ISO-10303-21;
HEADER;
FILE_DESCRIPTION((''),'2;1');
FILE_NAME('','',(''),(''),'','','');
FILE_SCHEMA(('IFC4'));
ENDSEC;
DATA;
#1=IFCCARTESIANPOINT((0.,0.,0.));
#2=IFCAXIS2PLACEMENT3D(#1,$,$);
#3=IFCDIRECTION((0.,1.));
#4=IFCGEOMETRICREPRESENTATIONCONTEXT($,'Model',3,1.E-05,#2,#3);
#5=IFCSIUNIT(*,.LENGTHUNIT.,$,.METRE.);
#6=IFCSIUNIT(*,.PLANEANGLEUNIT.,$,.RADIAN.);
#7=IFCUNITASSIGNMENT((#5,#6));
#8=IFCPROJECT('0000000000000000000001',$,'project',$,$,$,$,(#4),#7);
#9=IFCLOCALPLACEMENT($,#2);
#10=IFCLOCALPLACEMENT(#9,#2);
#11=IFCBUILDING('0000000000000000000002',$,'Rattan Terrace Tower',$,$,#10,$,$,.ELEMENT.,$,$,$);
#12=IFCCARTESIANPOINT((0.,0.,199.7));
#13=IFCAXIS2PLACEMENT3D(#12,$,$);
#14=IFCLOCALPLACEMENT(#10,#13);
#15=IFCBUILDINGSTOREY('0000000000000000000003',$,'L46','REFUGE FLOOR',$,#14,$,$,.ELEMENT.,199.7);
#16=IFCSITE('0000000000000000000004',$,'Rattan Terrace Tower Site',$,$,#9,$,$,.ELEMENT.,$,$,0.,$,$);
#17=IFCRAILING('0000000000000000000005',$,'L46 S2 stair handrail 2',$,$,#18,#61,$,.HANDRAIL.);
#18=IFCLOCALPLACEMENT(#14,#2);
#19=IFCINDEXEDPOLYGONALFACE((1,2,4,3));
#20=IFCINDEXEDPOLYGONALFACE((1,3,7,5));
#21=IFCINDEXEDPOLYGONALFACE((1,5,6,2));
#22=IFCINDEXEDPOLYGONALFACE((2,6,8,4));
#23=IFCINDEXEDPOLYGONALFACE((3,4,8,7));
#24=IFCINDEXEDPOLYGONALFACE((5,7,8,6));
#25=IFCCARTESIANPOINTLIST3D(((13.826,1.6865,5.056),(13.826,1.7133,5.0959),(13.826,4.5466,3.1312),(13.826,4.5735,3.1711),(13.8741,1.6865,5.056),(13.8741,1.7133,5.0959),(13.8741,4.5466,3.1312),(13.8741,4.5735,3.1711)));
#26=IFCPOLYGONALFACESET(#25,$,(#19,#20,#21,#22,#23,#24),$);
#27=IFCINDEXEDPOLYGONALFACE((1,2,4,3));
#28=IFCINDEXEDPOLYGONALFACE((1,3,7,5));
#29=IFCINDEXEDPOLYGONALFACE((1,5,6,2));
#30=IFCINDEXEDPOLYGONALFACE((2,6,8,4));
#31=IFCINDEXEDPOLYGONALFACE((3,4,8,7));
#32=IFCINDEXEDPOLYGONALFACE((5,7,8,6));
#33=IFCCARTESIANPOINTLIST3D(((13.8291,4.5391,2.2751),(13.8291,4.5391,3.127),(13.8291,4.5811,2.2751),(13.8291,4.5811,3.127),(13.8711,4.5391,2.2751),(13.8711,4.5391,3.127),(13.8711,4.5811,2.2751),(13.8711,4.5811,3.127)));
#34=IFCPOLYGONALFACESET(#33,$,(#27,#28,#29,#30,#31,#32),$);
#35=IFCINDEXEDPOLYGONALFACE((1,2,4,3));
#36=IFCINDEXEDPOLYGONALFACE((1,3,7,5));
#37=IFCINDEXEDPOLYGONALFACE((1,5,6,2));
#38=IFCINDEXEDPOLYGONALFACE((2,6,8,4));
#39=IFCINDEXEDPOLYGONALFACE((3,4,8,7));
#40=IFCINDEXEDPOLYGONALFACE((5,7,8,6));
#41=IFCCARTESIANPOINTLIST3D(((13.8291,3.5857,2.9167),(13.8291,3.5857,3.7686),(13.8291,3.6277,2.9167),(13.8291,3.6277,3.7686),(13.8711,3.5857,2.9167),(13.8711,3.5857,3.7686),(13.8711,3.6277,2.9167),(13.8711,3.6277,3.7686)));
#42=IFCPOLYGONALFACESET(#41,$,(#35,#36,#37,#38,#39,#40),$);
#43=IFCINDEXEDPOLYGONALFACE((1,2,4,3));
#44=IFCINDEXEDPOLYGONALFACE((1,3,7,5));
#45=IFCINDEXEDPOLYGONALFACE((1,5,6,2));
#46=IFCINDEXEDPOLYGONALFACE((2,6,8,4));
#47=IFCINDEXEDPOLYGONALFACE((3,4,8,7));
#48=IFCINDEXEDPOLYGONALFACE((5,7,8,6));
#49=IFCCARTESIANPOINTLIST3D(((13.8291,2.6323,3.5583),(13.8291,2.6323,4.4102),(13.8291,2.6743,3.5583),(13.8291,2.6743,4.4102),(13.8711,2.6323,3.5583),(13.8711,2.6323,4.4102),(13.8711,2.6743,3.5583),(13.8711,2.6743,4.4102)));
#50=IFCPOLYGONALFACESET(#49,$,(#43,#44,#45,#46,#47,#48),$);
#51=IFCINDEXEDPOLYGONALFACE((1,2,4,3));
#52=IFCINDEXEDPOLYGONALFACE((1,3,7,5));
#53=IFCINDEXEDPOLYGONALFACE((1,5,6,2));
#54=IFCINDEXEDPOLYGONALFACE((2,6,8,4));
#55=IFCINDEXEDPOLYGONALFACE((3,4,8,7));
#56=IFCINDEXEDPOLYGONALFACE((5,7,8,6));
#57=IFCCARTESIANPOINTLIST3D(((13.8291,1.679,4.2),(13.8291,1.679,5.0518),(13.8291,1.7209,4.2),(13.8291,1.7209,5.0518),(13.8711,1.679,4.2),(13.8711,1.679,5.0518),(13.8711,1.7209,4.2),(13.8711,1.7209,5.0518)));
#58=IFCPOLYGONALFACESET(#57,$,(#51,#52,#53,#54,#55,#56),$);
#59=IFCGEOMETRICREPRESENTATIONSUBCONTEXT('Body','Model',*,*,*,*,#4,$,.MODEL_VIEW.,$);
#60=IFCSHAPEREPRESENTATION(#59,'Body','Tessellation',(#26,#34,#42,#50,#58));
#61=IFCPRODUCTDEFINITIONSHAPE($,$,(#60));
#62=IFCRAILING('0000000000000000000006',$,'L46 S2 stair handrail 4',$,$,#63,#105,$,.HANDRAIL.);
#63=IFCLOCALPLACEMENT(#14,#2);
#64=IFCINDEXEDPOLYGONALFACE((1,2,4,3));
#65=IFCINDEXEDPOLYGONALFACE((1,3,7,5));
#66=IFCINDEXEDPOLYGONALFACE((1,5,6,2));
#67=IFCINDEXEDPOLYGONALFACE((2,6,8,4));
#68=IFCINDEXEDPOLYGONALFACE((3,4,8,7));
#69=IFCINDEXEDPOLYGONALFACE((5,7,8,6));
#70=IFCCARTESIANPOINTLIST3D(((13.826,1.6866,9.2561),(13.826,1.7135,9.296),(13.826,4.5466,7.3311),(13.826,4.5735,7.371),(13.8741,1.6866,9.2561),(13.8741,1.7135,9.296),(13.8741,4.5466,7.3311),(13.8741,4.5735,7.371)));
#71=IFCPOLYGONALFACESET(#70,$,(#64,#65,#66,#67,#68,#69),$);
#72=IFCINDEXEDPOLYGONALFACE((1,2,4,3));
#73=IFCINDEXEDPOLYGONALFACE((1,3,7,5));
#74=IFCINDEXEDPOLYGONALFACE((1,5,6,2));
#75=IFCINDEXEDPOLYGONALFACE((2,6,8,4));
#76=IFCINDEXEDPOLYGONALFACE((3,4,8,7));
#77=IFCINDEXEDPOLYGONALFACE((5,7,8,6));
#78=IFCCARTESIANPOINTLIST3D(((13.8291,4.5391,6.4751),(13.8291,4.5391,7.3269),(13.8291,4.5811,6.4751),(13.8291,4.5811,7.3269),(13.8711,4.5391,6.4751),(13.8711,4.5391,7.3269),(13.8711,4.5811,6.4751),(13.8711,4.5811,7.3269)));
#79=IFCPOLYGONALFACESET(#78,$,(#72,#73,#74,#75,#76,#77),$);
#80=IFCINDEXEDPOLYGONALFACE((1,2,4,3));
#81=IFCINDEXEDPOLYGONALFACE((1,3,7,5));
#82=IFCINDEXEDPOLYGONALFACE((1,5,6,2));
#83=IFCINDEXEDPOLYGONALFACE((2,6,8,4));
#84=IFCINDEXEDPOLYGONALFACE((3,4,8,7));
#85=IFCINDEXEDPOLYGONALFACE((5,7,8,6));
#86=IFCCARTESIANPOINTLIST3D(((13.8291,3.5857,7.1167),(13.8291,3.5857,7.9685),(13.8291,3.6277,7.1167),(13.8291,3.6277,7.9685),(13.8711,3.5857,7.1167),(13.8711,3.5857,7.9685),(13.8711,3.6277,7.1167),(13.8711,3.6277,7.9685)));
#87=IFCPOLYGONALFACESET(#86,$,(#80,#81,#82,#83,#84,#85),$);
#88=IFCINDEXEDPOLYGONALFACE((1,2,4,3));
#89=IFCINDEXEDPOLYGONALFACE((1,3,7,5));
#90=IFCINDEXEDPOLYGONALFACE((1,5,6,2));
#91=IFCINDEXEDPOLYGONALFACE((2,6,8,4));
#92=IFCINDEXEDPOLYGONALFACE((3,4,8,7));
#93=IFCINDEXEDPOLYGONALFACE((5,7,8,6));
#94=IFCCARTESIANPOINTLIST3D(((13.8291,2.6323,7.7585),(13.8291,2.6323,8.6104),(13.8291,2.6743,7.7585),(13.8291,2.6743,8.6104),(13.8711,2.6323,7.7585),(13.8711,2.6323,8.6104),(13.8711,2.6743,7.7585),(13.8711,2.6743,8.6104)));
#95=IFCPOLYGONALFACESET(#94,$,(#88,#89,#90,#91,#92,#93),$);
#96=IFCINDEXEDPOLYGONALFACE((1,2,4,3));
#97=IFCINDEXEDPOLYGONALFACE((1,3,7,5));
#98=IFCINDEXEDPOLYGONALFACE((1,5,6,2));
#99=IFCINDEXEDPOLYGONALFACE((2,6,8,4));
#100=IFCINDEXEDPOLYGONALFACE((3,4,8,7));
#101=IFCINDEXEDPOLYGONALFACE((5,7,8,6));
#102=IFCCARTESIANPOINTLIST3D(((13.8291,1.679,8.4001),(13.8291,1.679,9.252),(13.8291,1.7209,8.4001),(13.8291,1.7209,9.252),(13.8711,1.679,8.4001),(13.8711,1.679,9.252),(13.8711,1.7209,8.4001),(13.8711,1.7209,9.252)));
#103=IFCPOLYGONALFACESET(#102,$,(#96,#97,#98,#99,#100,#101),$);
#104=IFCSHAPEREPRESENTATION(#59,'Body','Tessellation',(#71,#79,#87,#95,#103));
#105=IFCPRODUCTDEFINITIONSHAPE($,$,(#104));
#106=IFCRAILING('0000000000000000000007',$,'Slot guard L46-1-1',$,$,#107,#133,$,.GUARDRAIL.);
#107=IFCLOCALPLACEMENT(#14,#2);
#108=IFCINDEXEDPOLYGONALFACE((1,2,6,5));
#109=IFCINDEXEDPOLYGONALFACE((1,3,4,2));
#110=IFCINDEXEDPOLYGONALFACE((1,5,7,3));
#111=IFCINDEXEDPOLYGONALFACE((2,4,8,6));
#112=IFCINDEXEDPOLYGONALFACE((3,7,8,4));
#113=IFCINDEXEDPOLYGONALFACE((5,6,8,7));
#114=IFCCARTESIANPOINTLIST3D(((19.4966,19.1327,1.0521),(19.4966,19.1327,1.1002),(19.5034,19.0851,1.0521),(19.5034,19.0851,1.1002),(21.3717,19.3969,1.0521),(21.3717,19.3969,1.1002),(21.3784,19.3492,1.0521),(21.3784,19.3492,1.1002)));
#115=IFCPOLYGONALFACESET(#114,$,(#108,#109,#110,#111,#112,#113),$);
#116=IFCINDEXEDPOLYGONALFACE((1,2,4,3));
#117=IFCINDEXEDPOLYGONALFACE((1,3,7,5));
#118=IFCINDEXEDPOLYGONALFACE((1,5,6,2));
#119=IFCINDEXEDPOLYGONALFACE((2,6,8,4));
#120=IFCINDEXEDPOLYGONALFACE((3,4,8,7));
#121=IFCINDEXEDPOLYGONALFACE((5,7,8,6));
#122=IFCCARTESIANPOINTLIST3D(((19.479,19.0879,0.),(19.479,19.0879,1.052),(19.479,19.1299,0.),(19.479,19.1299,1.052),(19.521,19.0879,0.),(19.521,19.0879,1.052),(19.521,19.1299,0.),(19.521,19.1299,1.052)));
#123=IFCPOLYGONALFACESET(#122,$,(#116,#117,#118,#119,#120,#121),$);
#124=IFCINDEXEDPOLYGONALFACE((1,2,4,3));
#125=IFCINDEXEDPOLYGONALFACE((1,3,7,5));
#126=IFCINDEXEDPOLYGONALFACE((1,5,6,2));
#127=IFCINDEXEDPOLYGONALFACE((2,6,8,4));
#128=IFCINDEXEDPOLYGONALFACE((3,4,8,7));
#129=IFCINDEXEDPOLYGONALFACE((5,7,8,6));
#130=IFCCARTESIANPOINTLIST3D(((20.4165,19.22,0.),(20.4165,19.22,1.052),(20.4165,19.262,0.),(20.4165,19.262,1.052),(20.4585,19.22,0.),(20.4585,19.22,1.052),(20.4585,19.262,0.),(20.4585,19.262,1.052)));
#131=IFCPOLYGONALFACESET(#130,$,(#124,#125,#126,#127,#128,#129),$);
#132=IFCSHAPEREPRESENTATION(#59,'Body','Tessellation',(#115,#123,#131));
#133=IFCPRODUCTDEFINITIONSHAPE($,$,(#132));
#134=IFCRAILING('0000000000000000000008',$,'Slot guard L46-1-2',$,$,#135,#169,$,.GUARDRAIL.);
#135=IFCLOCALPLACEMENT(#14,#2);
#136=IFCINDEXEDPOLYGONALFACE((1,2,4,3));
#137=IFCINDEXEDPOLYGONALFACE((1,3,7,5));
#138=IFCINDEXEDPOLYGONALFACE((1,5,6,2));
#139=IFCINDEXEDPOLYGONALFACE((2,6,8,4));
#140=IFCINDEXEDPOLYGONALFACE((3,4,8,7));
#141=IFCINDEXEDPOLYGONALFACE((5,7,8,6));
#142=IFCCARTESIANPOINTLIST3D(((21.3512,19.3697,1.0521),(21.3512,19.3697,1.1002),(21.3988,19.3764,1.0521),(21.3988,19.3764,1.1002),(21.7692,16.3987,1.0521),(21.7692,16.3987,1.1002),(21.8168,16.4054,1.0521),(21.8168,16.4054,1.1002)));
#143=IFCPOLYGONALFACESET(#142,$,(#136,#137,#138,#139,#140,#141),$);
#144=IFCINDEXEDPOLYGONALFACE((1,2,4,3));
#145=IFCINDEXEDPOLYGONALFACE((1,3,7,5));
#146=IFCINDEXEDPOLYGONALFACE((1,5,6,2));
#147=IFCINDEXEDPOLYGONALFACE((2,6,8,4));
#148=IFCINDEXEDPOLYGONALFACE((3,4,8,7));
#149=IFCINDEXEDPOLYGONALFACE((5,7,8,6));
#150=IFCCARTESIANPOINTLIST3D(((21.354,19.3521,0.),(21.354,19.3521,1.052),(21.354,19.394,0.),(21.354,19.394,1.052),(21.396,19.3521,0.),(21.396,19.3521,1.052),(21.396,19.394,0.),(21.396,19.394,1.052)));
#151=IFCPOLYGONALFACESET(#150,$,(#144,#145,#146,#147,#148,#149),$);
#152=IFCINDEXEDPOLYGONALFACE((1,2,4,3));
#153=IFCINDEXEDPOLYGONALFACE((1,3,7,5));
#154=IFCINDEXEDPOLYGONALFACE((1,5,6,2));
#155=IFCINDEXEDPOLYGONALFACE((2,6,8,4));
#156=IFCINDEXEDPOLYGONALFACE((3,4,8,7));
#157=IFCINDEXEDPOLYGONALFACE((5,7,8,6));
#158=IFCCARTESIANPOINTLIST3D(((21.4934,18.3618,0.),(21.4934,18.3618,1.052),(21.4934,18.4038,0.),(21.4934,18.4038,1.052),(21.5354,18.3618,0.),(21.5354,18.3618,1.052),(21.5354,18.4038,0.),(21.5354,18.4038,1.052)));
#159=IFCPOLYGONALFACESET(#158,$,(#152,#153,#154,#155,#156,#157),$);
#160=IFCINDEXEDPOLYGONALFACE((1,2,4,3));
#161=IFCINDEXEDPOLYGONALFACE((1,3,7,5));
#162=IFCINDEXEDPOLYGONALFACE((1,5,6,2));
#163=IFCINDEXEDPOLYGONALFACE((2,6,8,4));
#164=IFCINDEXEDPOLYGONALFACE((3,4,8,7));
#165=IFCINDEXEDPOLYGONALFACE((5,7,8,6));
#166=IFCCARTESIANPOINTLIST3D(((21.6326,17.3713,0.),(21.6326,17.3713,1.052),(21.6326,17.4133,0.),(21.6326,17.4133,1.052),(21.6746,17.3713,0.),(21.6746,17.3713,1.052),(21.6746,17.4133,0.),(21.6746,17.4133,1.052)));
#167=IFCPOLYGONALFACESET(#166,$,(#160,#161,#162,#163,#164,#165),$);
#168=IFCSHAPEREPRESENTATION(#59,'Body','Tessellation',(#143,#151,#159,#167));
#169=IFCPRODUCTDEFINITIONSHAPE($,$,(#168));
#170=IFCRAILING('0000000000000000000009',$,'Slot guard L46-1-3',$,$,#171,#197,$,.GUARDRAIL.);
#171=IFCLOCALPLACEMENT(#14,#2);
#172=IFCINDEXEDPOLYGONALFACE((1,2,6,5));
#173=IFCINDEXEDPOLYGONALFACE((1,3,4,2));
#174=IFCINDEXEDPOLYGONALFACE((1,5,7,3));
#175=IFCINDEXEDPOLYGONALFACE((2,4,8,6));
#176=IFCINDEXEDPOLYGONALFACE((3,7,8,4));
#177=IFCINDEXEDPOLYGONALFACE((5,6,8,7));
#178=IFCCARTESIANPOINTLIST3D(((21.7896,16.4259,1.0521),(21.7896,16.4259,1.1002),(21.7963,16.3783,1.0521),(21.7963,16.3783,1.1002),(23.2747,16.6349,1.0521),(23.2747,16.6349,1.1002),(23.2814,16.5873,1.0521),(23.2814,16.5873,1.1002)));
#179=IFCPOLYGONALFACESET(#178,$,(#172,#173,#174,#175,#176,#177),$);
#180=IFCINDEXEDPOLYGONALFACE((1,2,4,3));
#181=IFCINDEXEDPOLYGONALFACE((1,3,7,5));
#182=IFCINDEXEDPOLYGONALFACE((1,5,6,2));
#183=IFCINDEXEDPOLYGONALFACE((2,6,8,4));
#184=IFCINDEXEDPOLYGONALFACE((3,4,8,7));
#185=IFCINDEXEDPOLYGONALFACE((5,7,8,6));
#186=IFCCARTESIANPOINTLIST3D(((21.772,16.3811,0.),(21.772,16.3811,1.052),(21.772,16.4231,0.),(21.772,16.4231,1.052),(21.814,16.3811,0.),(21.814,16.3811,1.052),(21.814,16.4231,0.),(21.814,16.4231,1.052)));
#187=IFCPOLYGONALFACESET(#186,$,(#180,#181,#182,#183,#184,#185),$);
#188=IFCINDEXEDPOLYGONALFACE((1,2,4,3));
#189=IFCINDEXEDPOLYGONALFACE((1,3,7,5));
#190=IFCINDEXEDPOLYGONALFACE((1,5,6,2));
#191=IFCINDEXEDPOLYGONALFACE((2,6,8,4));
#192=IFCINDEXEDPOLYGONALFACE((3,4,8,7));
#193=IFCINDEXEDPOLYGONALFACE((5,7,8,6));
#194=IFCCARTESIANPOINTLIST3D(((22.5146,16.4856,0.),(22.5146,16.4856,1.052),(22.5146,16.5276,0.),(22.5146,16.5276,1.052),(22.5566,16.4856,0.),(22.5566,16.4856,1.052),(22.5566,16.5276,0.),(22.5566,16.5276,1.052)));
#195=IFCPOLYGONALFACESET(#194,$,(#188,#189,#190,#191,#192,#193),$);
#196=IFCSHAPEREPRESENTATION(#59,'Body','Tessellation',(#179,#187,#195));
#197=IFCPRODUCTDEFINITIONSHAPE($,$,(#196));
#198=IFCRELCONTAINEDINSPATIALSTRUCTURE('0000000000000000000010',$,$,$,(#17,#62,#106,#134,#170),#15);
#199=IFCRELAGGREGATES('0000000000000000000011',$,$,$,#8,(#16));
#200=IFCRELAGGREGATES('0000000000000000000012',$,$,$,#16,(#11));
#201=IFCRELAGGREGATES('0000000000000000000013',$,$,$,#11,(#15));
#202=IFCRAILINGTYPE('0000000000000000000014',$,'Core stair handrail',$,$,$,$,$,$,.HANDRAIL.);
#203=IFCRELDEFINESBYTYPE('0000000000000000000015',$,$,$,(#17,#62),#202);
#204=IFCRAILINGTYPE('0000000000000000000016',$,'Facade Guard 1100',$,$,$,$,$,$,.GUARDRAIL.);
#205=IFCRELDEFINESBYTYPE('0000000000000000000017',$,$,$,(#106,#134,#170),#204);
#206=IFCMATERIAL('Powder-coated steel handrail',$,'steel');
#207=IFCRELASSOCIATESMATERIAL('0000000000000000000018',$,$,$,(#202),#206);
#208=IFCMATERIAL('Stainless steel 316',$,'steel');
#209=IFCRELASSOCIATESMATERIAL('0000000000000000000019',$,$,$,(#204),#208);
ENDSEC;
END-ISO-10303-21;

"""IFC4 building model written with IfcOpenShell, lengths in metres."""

from ifc_helpers import new_model, si_unit, direction, frame, origin, origin_2d, place, context, subcontext, project, spatial, rectangle, extrude, material, type_object, element, save


model = new_model("IFC4")

# Units and contexts
model_context = context("Model", 3, precision=1e-05, world=origin(), true_north=direction((0.0, 1.0)))
body_context = subcontext(model_context, "Body", "Model", "MODEL_VIEW")
ifc_project = project(units=[si_unit("LENGTHUNIT", "METRE"), si_unit("PLANEANGLEUNIT", "RADIAN")], contexts=[model_context])

# Site, building, storey
site_placement = place(None, origin())
site = spatial("IfcSite", under=ifc_project, at=site_placement, Name="Rattan Terrace Tower Site", CompositionType="ELEMENT", RefElevation=0.0)
building_placement = place(site_placement, origin())
building = spatial("IfcBuilding", under=site, at=building_placement, Name="Rattan Terrace Tower", CompositionType="ELEMENT")
storey_placement = place(building_placement, frame((0.0, 0.0, 199.7)))
storey = spatial("IfcBuildingStorey", under=building, at=storey_placement, Name="L46", Description="REFUGE FLOOR", CompositionType="ELEMENT", Elevation=199.7)

# Railings
ifc_material_1 = material(Name="Powder-coated steel handrail", Category="steel")
railing_type_1 = type_object("IfcRailingType", Name="Core stair handrail", PredefinedType="HANDRAIL", material=ifc_material_1)
railing_1_placement = place(storey_placement, frame((13.8501, 4.5601, 2.2751)))
element("IfcRailing", 1, at=railing_1_placement, inside=storey, type_object=railing_type_1, Name="L46 S2 stair handrail 2", PredefinedType="HANDRAIL", context=body_context, shape_type="SweptSolid", body=[
    extrude(rectangle(XDim=0.0481, YDim=0.0481, at=origin_2d()), frame((0.0, 0.0, 0.876), z_axis=(0.0, -0.829624, 0.558323), x_axis=(1.0, 0.0, 0.0)), (0.0, 0.0, 1.0), 3.4475),
    extrude(rectangle(XDim=0.042, YDim=0.042, at=origin_2d()), origin(), (0.0, 0.0, 1.0), 0.8518),
    extrude(rectangle(XDim=0.042, YDim=0.042, at=origin_2d()), frame((0.0, -0.9534, 0.6416)), (0.0, 0.0, 1.0), 0.8518),
    extrude(rectangle(XDim=0.042, YDim=0.042, at=origin_2d()), frame((0.0, -1.9067, 1.2832)), (0.0, 0.0, 1.0), 0.8518),
    extrude(rectangle(XDim=0.042, YDim=0.042, at=origin_2d()), frame((0.0, -2.8601, 1.9248)), (0.0, 0.0, 1.0), 0.8518),
])
railing_2_placement = place(storey_placement, frame((13.8501, 4.5601, 6.4751)))
element("IfcRailing", 2, at=railing_2_placement, inside=storey, type_object=railing_type_1, Name="L46 S2 stair handrail 4", PredefinedType="HANDRAIL", context=body_context, shape_type="SweptSolid", body=[
    extrude(rectangle(XDim=0.0481, YDim=0.0481, at=origin_2d()), frame((0.0, 0.0, 0.876), z_axis=(0.0, -0.829591, 0.558372), x_axis=(1.0, 0.0, 0.0)), (0.0, 0.0, 1.0), 3.4475),
    extrude(rectangle(XDim=0.042, YDim=0.042, at=origin_2d()), origin(), (0.0, 0.0, 1.0), 0.8518),
    extrude(rectangle(XDim=0.042, YDim=0.042, at=origin_2d()), frame((0.0, -0.9534, 0.6416)), (0.0, 0.0, 1.0), 0.8518),
    extrude(rectangle(XDim=0.042, YDim=0.042, at=origin_2d()), frame((0.0, -1.9067, 1.2834)), (0.0, 0.0, 1.0), 0.8518),
    extrude(rectangle(XDim=0.042, YDim=0.042, at=origin_2d()), frame((0.0, -2.8601, 1.925)), (0.0, 0.0, 1.0), 0.8518),
])
ifc_material_2 = material(Name="Stainless steel 316", Category="steel")
railing_type_2 = type_object("IfcRailingType", Name="Facade Guard 1100", PredefinedType="GUARDRAIL", material=ifc_material_2)
railing_3_placement = place(storey_placement, frame((19.5, 19.1089, 0.0)))
element("IfcRailing", 3, at=railing_3_placement, inside=storey, type_object=railing_type_2, Name="Slot guard L46-1-1", PredefinedType="GUARDRAIL", context=body_context, shape_type="SweptSolid", body=[
    extrude(rectangle(XDim=0.0481, YDim=0.0481, at=origin_2d()), frame((0.0, 0.0, 1.0762), z_axis=(0.990221, 0.139508, 0.0), x_axis=(-0.139508, 0.990221, 0.0)), (0.0, 0.0, 1.0), 1.8936),
    extrude(rectangle(XDim=0.042, YDim=0.042, at=origin_2d()), origin(), (0.0, 0.0, 1.0), 1.052),
    extrude(rectangle(XDim=0.042, YDim=0.042, at=origin_2d()), frame((0.9375, 0.1321, 0.0)), (0.0, 0.0, 1.0), 1.052),
])
railing_4_placement = place(storey_placement, frame((21.375, 19.373, 0.0)))
element("IfcRailing", 4, at=railing_4_placement, inside=storey, type_object=railing_type_2, Name="Slot guard L46-1-2", PredefinedType="GUARDRAIL", context=body_context, shape_type="SweptSolid", body=[
    extrude(rectangle(XDim=0.0481, YDim=0.0481, at=origin_2d()), frame((0.0, 0.0, 1.0762), z_axis=(0.139313, -0.990248, 0.0), x_axis=(0.990248, 0.139313, 0.0)), (0.0, 0.0, 1.0), 3.0002),
    extrude(rectangle(XDim=0.042, YDim=0.042, at=origin_2d()), origin(), (0.0, 0.0, 1.0), 1.052),
    extrude(rectangle(XDim=0.042, YDim=0.042, at=origin_2d()), frame((0.1394, -0.9902, 0.0)), (0.0, 0.0, 1.0), 1.052),
    extrude(rectangle(XDim=0.042, YDim=0.042, at=origin_2d()), frame((0.2786, -1.9807, 0.0)), (0.0, 0.0, 1.0), 1.052),
])
railing_5_placement = place(storey_placement, frame((21.793, 16.4021, 0.0)))
element("IfcRailing", 5, at=railing_5_placement, inside=storey, type_object=railing_type_2, Name="Slot guard L46-1-3", PredefinedType="GUARDRAIL", context=body_context, shape_type="SweptSolid", body=[
    extrude(rectangle(XDim=0.0481, YDim=0.0481, at=origin_2d()), frame((0.0, 0.0, 1.0762), z_axis=(0.990244, 0.139347, 0.0), x_axis=(-0.139347, 0.990244, 0.0)), (0.0, 0.0, 1.0), 1.4998),
    extrude(rectangle(XDim=0.042, YDim=0.042, at=origin_2d()), origin(), (0.0, 0.0, 1.0), 1.052),
    extrude(rectangle(XDim=0.042, YDim=0.042, at=origin_2d()), frame((0.7427, 0.1045, 0.0)), (0.0, 0.0, 1.0), 1.052),
])

save(model, "model.ifc")
